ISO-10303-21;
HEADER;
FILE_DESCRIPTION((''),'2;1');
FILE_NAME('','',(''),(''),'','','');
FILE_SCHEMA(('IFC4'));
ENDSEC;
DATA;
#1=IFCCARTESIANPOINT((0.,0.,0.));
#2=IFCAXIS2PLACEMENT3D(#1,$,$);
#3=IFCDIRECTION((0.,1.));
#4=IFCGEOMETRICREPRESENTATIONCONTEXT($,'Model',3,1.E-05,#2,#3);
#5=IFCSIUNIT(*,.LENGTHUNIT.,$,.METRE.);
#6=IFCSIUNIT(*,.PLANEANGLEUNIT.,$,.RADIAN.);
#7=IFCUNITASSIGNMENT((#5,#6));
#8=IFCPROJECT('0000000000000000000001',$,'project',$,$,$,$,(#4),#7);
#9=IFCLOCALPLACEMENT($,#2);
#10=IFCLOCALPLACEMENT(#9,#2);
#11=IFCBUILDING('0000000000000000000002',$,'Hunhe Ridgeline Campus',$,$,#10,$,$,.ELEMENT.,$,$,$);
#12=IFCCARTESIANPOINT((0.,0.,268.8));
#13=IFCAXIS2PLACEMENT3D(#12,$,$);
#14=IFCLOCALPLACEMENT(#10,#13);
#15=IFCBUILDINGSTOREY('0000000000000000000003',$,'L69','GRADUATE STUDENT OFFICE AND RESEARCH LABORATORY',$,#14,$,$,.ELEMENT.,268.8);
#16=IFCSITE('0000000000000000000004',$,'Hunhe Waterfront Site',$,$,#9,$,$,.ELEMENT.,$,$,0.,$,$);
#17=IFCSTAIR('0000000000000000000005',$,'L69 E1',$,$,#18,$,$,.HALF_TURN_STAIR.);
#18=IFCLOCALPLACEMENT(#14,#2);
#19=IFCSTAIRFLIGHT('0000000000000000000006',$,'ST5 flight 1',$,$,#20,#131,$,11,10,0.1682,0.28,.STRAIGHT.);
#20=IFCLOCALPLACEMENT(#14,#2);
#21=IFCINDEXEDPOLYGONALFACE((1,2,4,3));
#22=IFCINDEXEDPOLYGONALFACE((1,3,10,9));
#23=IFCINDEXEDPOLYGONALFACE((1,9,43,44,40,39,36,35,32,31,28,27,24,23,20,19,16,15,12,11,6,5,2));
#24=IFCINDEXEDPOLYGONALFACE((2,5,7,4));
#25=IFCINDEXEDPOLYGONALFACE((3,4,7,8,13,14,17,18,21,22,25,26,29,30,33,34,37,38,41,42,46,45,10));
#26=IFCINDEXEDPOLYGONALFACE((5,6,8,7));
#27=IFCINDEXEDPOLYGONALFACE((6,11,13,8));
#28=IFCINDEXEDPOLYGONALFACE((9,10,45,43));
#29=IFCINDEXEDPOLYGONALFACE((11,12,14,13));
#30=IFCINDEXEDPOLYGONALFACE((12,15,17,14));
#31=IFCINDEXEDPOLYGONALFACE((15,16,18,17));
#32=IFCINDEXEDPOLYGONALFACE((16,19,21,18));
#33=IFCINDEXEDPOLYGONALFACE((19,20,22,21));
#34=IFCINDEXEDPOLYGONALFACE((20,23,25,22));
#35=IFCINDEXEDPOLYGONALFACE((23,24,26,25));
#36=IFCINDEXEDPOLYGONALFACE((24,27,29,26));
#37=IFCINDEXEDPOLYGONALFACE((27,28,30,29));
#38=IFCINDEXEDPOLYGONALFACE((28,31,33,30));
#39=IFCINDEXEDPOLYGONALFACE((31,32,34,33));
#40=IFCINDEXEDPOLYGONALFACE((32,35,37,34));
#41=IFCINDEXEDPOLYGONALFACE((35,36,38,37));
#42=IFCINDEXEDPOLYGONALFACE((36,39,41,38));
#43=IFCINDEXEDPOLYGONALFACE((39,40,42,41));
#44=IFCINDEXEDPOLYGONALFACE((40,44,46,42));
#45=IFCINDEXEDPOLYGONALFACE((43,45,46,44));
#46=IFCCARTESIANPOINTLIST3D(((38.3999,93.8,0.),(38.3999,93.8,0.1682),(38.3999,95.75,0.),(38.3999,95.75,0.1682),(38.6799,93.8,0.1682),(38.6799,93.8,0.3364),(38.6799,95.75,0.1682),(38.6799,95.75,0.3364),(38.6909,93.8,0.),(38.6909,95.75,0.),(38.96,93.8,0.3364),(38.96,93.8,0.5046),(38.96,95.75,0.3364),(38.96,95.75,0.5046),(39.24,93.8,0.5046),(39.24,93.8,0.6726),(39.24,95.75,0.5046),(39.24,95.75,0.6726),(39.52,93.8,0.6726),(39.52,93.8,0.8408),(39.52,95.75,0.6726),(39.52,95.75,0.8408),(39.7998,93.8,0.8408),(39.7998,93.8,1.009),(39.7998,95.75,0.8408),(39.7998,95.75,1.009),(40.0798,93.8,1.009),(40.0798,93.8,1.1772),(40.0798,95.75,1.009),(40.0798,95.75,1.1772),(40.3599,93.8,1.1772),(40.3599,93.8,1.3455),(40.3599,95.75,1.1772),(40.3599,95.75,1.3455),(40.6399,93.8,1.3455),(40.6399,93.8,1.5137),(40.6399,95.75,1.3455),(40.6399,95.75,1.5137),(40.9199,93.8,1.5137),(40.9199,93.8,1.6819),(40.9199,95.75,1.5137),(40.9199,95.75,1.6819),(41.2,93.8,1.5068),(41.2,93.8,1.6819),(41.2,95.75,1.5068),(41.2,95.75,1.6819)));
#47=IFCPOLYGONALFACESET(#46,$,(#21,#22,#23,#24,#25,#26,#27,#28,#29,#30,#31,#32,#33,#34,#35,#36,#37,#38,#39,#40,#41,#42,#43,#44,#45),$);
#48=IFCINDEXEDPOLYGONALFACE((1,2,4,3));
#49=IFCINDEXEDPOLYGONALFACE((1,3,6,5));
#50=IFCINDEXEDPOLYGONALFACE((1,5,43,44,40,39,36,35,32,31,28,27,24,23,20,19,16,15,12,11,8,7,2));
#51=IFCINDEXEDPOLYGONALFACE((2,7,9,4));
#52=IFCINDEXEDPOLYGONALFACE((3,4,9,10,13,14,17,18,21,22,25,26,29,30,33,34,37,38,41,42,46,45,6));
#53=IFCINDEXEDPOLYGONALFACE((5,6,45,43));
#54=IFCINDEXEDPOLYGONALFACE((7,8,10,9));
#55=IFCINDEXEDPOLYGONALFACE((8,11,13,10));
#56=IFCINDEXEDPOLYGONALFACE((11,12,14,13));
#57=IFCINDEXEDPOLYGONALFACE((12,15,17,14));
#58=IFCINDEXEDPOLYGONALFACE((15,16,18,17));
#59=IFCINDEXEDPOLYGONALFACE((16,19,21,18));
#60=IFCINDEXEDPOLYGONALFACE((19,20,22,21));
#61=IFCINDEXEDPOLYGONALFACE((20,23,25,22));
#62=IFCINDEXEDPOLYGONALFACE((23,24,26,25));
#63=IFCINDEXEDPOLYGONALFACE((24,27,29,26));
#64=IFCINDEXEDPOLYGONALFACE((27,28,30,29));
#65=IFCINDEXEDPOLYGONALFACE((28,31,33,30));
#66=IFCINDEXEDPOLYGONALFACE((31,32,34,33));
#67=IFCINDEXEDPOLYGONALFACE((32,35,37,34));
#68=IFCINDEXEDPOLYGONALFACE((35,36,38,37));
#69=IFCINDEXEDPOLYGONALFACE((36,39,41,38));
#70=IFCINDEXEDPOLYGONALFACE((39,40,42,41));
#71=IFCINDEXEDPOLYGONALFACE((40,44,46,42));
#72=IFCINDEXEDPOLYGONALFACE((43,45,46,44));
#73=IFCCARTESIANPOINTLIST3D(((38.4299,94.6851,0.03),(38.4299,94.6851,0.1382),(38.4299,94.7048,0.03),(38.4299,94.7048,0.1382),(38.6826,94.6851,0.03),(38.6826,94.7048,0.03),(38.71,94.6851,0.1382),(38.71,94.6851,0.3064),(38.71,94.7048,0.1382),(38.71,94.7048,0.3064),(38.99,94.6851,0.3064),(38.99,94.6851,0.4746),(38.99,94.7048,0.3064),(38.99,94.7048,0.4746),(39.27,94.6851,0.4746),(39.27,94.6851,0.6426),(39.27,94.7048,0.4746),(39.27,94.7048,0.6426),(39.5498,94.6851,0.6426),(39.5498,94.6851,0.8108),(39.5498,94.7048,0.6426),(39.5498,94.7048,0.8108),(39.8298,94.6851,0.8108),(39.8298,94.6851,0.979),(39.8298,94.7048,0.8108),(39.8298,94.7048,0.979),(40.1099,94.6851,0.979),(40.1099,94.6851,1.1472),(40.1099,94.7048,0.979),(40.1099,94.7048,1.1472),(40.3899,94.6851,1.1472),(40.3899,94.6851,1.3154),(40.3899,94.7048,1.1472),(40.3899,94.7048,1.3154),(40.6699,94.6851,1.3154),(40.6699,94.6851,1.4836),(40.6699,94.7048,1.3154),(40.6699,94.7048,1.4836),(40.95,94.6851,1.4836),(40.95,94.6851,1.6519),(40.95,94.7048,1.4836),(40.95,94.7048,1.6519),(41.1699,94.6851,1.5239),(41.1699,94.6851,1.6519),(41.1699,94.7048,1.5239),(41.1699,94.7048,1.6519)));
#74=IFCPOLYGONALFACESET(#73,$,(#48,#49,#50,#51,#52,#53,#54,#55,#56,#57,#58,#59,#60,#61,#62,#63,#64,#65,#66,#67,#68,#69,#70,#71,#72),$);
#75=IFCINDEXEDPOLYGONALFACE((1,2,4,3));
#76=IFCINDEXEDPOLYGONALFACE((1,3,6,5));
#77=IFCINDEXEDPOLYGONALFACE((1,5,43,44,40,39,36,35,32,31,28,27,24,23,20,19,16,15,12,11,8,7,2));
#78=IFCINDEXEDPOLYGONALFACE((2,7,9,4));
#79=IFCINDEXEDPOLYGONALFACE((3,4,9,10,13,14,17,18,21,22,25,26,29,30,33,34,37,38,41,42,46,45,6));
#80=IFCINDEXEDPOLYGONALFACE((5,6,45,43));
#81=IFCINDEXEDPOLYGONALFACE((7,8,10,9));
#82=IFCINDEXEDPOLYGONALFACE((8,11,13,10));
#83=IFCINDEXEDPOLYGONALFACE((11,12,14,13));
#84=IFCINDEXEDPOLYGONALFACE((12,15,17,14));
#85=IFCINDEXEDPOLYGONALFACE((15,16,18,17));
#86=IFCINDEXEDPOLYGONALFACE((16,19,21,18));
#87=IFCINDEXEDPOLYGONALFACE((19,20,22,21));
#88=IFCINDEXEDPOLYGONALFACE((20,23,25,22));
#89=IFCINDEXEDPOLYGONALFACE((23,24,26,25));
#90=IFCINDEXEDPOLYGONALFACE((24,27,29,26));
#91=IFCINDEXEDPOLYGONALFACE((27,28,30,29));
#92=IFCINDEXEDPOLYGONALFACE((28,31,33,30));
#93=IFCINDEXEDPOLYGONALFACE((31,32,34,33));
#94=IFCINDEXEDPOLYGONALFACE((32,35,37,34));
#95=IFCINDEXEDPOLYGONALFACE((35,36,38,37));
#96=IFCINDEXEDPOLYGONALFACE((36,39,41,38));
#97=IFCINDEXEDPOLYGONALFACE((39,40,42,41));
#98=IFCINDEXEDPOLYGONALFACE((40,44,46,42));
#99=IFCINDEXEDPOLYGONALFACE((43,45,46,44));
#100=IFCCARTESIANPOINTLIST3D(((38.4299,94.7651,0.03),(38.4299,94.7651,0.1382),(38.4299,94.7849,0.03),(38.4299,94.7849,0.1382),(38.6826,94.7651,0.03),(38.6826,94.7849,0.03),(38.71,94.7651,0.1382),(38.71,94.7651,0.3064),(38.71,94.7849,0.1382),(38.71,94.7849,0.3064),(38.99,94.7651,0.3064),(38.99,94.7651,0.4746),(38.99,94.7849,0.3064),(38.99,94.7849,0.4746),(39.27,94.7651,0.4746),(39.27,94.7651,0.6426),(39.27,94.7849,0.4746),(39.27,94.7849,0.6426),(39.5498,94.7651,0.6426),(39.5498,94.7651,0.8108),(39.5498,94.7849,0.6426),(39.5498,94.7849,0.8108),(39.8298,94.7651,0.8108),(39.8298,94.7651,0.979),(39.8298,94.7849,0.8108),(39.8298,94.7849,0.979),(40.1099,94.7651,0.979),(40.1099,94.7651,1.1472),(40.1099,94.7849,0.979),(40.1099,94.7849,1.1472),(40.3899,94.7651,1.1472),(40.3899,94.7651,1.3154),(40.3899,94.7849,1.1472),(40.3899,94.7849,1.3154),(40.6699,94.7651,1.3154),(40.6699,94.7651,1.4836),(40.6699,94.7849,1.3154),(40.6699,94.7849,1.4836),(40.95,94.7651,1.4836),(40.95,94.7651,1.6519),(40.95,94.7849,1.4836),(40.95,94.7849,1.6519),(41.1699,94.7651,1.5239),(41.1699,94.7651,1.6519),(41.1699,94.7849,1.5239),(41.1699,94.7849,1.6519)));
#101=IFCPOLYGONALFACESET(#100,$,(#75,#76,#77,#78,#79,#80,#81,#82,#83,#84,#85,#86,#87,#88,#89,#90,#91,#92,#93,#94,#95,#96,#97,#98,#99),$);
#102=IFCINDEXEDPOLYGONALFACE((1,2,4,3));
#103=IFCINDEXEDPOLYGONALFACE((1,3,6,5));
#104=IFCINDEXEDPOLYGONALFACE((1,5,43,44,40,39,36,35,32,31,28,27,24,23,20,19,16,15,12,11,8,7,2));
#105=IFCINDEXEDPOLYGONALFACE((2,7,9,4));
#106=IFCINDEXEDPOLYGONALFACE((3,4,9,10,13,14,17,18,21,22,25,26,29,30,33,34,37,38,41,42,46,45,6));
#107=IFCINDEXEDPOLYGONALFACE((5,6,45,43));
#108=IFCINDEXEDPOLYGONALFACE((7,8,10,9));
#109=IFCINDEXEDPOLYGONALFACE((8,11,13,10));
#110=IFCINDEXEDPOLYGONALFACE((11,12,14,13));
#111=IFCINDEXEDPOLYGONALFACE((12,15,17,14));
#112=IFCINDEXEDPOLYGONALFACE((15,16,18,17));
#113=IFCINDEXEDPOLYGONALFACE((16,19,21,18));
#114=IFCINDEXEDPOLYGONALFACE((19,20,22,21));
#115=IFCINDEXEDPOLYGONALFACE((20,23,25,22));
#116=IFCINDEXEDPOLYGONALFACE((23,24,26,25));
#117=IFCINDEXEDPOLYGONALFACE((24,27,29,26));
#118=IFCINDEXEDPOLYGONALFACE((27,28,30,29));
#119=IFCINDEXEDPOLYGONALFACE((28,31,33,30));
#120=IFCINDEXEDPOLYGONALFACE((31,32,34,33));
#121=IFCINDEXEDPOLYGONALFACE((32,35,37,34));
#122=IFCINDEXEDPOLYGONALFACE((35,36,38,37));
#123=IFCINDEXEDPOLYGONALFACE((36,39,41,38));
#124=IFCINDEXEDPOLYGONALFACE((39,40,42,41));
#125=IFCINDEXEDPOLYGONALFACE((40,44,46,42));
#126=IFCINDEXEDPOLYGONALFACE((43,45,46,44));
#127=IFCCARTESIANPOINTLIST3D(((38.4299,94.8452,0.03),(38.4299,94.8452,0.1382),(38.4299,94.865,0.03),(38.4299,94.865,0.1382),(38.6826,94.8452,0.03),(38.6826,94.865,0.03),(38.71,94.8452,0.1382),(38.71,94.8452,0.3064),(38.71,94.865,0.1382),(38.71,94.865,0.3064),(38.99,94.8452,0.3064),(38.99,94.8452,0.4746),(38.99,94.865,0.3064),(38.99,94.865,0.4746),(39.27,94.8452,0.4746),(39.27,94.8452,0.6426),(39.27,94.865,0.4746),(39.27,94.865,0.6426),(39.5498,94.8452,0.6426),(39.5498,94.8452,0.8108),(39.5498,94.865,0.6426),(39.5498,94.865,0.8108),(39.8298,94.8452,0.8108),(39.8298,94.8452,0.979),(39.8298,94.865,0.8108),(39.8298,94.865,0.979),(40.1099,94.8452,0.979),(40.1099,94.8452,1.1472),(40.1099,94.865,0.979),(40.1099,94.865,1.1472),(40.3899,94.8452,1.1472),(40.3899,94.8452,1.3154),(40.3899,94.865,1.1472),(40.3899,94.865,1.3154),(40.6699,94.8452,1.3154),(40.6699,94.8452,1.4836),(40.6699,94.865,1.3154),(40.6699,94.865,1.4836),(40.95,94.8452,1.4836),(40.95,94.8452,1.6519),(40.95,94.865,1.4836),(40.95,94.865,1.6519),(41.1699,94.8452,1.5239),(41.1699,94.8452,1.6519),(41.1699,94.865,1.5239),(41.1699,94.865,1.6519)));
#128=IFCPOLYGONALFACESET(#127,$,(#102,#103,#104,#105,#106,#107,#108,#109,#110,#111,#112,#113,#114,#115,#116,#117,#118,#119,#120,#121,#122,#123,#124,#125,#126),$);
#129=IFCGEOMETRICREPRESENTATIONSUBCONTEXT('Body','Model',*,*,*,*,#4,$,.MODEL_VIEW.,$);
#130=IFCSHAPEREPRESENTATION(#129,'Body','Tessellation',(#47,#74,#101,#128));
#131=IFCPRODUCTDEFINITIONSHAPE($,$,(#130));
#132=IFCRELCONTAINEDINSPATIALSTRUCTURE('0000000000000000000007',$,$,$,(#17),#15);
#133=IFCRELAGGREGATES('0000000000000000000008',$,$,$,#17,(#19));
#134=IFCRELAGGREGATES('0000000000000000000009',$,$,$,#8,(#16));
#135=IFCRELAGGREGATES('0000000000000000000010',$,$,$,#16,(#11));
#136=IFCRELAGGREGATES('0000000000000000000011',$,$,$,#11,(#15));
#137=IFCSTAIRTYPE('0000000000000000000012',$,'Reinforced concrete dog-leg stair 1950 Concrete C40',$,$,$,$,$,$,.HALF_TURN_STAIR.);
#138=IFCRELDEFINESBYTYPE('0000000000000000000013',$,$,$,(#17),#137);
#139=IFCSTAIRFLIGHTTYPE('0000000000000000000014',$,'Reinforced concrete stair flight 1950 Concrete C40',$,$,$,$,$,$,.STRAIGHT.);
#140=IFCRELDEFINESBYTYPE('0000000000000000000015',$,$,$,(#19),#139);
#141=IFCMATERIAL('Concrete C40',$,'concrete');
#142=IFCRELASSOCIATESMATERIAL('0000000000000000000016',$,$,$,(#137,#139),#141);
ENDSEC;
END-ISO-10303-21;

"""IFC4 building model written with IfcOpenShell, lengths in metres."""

from ifc_helpers import new_model, si_unit, direction, frame, origin, place, context, subcontext, project, spatial, polyline, outline, extrude, material, type_object, element, aggregate, save


model = new_model("IFC4")

# Units and contexts
model_context = context("Model", 3, precision=1e-05, world=origin(), true_north=direction((0.0, 1.0)))
body_context = subcontext(model_context, "Body", "Model", "MODEL_VIEW")
ifc_project = project(units=[si_unit("LENGTHUNIT", "METRE"), si_unit("PLANEANGLEUNIT", "RADIAN")], contexts=[model_context])

# Site, building, storey
site_placement = place(None, origin())
site = spatial("IfcSite", under=ifc_project, at=site_placement, Name="Hunhe Waterfront Site", CompositionType="ELEMENT", RefElevation=0.0)
building_placement = place(site_placement, origin())
building = spatial("IfcBuilding", under=site, at=building_placement, Name="Hunhe Ridgeline Campus", CompositionType="ELEMENT")
storey_placement = place(building_placement, frame((0.0, 0.0, 268.8)))
storey = spatial("IfcBuildingStorey", under=building, at=storey_placement, Name="L69", Description="GRADUATE STUDENT OFFICE AND RESEARCH LABORATORY", CompositionType="ELEMENT", Elevation=268.8)

# Stair, stair flight
ifc_material_1 = material(Name="Concrete C40", Category="concrete")
stair_type = type_object("IfcStairType", Name="Reinforced concrete dog-leg stair 1950 Concrete C40", PredefinedType="HALF_TURN_STAIR", material=ifc_material_1)
stair_placement = place(storey_placement, origin())
stair = element("IfcStair", 1, at=stair_placement, inside=storey, type_object=stair_type, Name="L69 E1", PredefinedType="HALF_TURN_STAIR")
stair_flight_type = type_object("IfcStairFlightType", Name="Reinforced concrete stair flight 1950 Concrete C40", PredefinedType="STRAIGHT", material=ifc_material_1)
stair_flight_1_placement = place(storey_placement, frame((38.3999, 94.7749, 0.0), z_axis=(0.0, 0.0, 1.0), x_axis=(1.0, 0.0, 0.0)))
stair_flight_1 = element("IfcStairFlight", 2, at=stair_flight_1_placement, type_object=stair_flight_type, Name="ST5 flight 1", NumberOfRisers=11, NumberOfTreads=10, PredefinedType="STRAIGHT", RiserHeight=0.1682, TreadLength=0.28, context=body_context, shape_type="SweptSolid", body=[
    extrude(outline(polyline([(0.0, 0.0), (0.0, 0.1682), (0.28, 0.1682), (0.28, 0.3364), (0.5601, 0.3364), (0.5601, 0.5046), (0.8401, 0.5046), (0.8401, 0.6726), (1.1201, 0.6726), (1.1201, 0.8408), (1.3999, 0.8408), (1.3999, 1.009), (1.6799, 1.009), (1.6799, 1.1772), (1.96, 1.1772), (1.96, 1.3455), (2.24, 1.3455), (2.24, 1.5137), (2.52, 1.5137), (2.52, 1.6819), (2.8, 1.6819), (2.8, 1.8501), (2.8, 1.5068), (0.291, 0.0), (0.0, 0.0)])), frame((0.0, 0.9751, 0.0), z_axis=(0.0, -1.0, 0.0), x_axis=(1.0, 0.0, 0.0)), (0.0, 0.0, 1.0), 1.95),
    extrude(outline(polyline([(0.03, 0.03), (0.03, 0.1382), (0.3101, 0.1382), (0.3101, 0.3064), (0.5901, 0.3064), (0.5901, 0.4746), (0.8701, 0.4746), (0.8701, 0.6426), (1.1499, 0.6426), (1.1499, 0.8108), (1.4299, 0.8108), (1.4299, 0.979), (1.71, 0.979), (1.71, 1.1472), (1.99, 1.1472), (1.99, 1.3154), (2.27, 1.3154), (2.27, 1.4836), (2.55, 1.4836), (2.55, 1.6519), (2.77, 1.6519), (2.77, 1.5239), (0.2827, 0.03), (0.03, 0.03)])), frame((0.0, -0.0701, 0.0), z_axis=(0.0, -1.0, 0.0), x_axis=(1.0, 0.0, 0.0)), (0.0, 0.0, 1.0), 0.0198),
    extrude(outline(polyline([(0.03, 0.03), (0.03, 0.1382), (0.3101, 0.1382), (0.3101, 0.3064), (0.5901, 0.3064), (0.5901, 0.4746), (0.8701, 0.4746), (0.8701, 0.6426), (1.1499, 0.6426), (1.1499, 0.8108), (1.4299, 0.8108), (1.4299, 0.979), (1.71, 0.979), (1.71, 1.1472), (1.99, 1.1472), (1.99, 1.3154), (2.27, 1.3154), (2.27, 1.4836), (2.55, 1.4836), (2.55, 1.6519), (2.77, 1.6519), (2.77, 1.5239), (0.2827, 0.03), (0.03, 0.03)])), frame((0.0, 0.01, 0.0), z_axis=(0.0, -1.0, 0.0), x_axis=(1.0, 0.0, 0.0)), (0.0, 0.0, 1.0), 0.0198),
    extrude(outline(polyline([(0.03, 0.03), (0.03, 0.1382), (0.3101, 0.1382), (0.3101, 0.3064), (0.5901, 0.3064), (0.5901, 0.4746), (0.8701, 0.4746), (0.8701, 0.6426), (1.1499, 0.6426), (1.1499, 0.8108), (1.4299, 0.8108), (1.4299, 0.979), (1.71, 0.979), (1.71, 1.1472), (1.99, 1.1472), (1.99, 1.3154), (2.27, 1.3154), (2.27, 1.4836), (2.55, 1.4836), (2.55, 1.6519), (2.77, 1.6519), (2.77, 1.5239), (0.2827, 0.03), (0.03, 0.03)])), frame((0.0, 0.0901, 0.0), z_axis=(0.0, -1.0, 0.0), x_axis=(1.0, 0.0, 0.0)), (0.0, 0.0, 1.0), 0.0198),
])
aggregate(stair, [stair_flight_1])

save(model, "model.ifc")
